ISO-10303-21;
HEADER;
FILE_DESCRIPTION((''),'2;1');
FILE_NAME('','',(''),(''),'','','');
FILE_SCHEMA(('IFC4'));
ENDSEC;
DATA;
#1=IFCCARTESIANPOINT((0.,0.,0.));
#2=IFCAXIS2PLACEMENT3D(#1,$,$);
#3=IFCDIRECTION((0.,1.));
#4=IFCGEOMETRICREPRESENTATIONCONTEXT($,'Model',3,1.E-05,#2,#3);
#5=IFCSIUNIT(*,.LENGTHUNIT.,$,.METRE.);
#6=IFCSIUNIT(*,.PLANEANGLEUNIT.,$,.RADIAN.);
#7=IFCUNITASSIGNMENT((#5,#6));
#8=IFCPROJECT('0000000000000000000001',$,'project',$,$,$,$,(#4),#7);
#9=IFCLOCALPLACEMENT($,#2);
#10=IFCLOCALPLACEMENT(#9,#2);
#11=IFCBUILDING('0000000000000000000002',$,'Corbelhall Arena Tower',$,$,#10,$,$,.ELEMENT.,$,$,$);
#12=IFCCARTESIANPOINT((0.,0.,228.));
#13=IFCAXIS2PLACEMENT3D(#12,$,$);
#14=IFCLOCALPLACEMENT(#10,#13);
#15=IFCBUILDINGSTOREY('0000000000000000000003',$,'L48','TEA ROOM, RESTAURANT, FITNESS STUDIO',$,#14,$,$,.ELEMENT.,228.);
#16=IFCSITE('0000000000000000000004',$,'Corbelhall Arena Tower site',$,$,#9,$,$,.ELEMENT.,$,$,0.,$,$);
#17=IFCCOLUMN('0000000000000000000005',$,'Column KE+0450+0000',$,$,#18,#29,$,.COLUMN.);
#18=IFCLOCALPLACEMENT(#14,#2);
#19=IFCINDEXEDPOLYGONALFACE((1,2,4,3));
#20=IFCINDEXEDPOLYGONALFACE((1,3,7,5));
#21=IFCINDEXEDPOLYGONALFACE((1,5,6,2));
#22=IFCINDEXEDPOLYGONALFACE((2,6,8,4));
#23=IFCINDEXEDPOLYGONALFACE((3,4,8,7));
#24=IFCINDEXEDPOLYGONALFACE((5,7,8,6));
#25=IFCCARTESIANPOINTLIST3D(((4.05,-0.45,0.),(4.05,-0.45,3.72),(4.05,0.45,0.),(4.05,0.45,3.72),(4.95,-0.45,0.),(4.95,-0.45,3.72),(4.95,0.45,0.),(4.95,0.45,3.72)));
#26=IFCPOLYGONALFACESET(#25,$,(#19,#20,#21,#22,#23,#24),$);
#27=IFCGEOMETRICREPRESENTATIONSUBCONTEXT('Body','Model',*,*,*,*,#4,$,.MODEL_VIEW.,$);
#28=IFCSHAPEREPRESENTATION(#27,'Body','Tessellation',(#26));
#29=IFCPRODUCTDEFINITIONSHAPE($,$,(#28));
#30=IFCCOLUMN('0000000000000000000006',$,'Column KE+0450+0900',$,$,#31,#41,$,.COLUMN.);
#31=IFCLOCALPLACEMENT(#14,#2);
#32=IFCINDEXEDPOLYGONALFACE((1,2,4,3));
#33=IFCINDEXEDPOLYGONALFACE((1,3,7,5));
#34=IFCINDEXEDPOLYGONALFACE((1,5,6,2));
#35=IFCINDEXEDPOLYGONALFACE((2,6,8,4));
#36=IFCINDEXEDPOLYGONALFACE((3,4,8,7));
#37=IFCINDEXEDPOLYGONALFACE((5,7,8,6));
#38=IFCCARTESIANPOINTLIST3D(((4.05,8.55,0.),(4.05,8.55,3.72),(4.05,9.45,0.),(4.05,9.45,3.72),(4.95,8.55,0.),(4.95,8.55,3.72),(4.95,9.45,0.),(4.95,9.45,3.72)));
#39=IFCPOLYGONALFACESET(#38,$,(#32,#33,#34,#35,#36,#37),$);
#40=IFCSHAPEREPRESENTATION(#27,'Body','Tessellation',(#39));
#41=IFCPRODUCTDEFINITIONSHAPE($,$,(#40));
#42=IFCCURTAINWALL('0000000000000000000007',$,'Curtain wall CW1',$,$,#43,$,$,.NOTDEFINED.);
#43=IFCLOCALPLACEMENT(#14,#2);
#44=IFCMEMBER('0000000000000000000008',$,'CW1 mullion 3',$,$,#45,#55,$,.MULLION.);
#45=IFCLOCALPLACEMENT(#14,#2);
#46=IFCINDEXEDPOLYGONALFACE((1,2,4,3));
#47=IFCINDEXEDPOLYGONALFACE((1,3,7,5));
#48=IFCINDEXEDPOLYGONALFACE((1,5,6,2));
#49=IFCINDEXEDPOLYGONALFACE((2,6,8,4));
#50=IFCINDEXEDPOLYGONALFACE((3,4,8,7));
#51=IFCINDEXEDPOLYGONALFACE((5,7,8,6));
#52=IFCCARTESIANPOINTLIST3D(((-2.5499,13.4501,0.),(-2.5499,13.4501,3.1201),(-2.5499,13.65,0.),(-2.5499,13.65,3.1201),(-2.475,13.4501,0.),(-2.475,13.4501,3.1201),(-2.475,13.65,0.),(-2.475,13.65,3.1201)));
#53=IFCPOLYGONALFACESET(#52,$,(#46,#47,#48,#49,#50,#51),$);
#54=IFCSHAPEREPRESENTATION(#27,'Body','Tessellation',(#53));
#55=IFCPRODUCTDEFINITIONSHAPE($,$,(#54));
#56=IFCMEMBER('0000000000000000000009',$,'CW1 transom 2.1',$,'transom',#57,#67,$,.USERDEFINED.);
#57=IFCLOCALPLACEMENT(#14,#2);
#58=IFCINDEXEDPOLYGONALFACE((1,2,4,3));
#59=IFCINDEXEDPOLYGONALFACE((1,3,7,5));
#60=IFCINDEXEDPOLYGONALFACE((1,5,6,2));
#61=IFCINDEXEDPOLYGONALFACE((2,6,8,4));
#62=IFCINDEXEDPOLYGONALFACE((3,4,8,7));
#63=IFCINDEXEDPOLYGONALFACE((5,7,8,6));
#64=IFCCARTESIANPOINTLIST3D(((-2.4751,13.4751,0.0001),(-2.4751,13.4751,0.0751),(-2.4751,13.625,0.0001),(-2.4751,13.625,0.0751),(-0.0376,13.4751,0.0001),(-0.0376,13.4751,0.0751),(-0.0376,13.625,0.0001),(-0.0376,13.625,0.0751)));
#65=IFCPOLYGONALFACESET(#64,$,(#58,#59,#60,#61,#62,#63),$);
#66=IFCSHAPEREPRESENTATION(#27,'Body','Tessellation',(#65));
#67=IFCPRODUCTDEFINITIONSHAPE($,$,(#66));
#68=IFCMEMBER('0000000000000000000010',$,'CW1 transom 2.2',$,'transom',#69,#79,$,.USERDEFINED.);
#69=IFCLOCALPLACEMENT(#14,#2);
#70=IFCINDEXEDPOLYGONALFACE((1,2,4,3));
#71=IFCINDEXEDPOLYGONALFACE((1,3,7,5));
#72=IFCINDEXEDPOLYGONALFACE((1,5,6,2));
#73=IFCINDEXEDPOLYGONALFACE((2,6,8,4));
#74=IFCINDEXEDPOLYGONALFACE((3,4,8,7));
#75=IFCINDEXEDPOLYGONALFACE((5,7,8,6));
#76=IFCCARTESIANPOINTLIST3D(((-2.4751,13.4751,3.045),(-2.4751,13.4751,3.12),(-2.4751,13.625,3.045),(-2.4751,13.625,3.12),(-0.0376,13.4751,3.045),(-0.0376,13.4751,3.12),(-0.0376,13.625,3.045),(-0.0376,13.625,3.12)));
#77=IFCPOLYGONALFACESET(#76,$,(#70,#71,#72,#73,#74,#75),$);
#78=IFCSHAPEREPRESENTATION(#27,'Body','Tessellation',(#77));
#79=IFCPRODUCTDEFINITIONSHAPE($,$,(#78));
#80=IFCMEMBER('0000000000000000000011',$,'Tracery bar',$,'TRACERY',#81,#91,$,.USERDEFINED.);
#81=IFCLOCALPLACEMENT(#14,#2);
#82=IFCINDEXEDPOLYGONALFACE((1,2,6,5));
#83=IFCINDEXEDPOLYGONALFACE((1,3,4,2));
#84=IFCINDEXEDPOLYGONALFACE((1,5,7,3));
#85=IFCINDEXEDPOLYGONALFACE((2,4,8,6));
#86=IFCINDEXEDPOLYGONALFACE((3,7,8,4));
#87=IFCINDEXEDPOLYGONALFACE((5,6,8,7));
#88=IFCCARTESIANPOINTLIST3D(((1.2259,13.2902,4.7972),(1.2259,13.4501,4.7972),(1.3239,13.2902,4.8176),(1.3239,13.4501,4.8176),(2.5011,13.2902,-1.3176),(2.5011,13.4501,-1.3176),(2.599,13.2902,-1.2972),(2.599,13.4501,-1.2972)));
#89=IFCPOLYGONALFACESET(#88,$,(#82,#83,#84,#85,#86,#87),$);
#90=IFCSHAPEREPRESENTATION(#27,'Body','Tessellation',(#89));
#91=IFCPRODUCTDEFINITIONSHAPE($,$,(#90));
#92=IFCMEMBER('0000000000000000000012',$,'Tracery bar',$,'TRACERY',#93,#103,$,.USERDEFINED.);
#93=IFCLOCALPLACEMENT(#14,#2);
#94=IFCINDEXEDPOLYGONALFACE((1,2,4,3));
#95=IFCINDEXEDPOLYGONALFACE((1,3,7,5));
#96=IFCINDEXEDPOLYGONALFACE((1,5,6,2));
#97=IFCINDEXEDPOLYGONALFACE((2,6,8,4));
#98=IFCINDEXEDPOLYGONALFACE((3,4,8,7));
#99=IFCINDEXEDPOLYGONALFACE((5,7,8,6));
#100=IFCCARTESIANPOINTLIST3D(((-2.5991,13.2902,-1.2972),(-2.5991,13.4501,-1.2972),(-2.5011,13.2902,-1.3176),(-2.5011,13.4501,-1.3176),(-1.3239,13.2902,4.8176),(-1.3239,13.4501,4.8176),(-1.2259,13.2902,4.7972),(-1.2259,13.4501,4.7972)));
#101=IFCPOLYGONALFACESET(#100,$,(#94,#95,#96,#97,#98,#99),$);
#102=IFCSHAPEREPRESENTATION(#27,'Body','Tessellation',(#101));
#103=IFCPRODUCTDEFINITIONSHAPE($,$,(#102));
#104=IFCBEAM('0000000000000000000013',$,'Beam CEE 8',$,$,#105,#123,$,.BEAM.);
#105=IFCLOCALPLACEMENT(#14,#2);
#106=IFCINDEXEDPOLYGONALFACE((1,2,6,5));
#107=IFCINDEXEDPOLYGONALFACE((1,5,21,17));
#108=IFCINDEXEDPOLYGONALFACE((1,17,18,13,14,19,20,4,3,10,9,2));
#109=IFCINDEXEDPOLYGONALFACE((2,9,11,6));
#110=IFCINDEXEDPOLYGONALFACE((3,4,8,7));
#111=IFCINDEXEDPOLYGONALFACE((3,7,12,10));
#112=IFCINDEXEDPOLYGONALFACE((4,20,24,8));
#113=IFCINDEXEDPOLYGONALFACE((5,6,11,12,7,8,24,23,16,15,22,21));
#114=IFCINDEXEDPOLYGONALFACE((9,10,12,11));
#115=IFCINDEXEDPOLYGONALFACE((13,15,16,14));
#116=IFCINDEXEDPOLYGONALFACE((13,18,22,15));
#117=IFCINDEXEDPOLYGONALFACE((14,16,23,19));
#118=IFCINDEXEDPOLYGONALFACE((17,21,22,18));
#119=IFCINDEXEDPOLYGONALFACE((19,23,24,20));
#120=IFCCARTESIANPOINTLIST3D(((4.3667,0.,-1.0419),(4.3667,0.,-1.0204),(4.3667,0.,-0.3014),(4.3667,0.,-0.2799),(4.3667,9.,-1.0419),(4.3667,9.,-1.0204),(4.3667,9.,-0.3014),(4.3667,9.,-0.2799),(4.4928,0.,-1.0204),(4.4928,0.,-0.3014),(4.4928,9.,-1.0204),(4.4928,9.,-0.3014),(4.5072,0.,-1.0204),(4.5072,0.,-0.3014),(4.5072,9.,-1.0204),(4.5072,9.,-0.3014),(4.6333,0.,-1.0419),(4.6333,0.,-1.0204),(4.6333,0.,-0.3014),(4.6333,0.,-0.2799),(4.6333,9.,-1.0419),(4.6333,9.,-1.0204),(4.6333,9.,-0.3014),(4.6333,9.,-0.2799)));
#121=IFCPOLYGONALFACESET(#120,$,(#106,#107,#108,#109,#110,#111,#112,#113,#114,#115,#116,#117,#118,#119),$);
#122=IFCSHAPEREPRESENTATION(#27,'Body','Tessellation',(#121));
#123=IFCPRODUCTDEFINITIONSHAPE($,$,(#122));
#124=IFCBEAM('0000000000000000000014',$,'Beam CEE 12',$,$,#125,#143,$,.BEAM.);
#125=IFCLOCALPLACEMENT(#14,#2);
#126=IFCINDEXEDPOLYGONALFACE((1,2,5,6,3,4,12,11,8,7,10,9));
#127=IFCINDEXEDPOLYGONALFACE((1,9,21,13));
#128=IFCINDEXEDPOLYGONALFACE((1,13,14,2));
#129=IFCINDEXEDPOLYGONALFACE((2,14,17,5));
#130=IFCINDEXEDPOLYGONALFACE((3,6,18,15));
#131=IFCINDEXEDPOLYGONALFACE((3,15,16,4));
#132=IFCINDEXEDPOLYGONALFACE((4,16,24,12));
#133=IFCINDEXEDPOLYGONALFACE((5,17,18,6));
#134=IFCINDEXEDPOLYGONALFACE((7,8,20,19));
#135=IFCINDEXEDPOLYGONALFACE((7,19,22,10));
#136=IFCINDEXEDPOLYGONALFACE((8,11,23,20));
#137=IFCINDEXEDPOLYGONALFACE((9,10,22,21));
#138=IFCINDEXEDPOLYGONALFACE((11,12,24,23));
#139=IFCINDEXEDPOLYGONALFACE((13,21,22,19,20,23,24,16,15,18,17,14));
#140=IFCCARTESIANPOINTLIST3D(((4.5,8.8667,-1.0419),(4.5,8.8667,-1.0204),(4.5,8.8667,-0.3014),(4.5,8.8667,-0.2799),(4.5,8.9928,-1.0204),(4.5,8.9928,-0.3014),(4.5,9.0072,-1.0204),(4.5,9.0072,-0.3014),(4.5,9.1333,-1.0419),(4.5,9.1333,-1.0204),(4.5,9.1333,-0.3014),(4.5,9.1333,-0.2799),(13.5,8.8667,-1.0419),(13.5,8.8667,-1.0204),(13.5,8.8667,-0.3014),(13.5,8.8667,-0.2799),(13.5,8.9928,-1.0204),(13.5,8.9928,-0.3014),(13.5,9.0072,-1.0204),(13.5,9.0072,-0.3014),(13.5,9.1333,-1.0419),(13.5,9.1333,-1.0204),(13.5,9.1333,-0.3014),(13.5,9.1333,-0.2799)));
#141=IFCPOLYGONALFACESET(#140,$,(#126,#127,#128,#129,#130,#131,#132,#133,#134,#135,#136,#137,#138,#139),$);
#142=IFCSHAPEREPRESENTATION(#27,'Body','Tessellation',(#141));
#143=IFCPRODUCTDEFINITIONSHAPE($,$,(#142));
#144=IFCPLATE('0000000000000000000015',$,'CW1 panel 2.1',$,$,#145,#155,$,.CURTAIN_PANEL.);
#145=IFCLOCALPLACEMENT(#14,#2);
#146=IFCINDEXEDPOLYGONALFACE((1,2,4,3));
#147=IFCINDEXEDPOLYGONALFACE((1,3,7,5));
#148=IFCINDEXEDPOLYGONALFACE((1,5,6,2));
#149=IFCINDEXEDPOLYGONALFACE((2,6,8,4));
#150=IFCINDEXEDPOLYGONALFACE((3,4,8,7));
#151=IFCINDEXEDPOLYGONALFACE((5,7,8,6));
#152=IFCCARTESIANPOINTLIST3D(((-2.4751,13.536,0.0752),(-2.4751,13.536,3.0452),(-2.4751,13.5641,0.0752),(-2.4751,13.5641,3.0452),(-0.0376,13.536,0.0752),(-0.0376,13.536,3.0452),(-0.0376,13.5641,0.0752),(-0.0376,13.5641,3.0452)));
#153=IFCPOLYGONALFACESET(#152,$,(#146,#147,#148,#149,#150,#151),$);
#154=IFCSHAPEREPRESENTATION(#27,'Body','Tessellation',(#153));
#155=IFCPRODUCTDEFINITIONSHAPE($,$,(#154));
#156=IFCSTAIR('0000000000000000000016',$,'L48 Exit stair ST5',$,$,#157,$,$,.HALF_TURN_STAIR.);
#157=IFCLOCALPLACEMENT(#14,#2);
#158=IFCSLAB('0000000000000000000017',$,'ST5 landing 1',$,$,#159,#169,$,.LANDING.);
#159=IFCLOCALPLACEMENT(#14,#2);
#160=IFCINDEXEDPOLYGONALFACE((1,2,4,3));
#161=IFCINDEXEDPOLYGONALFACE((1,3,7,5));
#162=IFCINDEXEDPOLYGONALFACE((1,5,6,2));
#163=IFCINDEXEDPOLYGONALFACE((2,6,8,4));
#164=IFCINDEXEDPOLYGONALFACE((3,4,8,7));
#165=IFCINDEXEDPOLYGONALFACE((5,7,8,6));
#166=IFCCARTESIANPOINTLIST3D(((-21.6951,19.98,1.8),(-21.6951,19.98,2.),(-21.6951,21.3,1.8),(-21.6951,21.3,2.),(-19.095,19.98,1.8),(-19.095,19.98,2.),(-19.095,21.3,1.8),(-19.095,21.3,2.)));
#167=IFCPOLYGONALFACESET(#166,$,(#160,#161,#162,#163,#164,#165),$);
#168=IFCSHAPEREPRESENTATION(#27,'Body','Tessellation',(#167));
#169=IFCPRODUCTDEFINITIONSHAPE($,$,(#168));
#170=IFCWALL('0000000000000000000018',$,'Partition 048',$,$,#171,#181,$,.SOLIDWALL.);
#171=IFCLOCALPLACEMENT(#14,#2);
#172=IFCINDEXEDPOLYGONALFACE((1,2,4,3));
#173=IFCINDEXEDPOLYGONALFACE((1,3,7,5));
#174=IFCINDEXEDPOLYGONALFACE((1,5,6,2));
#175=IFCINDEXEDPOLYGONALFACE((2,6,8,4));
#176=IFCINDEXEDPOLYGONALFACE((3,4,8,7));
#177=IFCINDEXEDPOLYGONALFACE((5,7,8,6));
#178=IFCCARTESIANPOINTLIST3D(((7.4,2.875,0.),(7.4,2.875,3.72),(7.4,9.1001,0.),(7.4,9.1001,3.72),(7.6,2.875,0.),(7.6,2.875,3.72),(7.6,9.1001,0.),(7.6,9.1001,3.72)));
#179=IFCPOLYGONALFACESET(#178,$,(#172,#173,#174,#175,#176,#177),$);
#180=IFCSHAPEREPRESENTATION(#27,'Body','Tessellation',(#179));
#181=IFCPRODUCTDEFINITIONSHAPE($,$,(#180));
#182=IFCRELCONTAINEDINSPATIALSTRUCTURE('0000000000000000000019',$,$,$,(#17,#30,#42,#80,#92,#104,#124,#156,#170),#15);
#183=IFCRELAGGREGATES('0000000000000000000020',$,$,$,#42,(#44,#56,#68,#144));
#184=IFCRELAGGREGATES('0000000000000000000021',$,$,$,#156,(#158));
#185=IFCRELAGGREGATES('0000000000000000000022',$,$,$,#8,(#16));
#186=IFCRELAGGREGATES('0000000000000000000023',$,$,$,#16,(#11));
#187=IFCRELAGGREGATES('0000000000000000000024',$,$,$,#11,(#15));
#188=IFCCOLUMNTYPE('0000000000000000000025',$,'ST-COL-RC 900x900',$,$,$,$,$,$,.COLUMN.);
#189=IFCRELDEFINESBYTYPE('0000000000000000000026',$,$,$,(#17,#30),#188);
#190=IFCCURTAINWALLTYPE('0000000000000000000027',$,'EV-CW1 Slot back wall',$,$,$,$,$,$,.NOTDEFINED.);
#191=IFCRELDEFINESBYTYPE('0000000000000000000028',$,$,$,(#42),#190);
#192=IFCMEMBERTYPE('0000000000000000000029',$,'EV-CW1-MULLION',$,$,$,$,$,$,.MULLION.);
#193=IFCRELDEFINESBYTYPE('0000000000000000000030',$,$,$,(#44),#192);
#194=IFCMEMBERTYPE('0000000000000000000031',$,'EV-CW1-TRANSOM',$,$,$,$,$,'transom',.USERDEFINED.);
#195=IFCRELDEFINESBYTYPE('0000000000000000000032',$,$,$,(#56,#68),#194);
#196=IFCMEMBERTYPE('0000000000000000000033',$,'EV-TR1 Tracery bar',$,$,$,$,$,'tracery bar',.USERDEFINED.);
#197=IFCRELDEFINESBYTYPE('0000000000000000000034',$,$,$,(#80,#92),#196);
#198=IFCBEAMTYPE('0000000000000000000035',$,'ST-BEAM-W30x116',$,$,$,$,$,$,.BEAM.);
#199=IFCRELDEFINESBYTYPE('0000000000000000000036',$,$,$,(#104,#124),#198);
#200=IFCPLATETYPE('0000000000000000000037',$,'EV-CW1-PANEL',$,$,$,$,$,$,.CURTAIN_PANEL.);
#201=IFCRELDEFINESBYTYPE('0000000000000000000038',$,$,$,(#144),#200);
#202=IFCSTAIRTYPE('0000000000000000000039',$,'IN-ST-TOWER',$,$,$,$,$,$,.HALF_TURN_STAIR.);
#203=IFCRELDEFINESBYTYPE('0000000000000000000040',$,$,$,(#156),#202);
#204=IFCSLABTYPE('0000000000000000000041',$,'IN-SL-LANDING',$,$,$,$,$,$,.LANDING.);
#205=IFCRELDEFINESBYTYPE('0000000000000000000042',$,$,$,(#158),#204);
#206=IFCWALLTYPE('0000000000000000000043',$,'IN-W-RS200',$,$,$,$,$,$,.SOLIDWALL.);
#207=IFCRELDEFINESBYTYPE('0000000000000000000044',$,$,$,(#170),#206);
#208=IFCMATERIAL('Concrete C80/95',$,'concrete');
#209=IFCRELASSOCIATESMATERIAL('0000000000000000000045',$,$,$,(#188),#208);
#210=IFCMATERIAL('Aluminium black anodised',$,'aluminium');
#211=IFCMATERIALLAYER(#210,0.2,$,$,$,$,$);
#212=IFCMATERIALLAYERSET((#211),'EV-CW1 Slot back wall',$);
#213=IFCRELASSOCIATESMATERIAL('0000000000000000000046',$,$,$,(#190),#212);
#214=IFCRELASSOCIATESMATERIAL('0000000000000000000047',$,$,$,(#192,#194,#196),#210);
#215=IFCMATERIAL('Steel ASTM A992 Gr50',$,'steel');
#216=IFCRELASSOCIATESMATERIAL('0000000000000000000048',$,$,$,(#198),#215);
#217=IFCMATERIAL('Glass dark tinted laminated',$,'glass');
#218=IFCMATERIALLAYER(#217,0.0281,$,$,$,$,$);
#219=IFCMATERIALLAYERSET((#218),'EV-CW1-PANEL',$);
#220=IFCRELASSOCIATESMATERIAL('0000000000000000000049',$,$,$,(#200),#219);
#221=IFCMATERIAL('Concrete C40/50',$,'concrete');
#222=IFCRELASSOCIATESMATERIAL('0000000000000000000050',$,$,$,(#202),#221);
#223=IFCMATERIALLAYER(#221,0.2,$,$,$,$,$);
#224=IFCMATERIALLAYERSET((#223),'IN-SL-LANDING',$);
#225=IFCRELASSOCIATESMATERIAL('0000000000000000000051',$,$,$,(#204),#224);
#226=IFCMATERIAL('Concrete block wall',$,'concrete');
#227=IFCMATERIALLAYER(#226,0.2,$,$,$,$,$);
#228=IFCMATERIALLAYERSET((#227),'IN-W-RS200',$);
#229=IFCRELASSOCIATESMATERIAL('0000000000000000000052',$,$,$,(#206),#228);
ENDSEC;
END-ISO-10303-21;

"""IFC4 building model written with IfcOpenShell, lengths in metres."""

from ifc_helpers import new_model, si_unit, direction, frame, frame_2d, origin, origin_2d, place, context, subcontext, project, spatial, polyline, rectangle, i_section, outline, extrude, material, layer, layer_set, material_profile, profile_set, type_object, element, aggregate, save


model = new_model("IFC4")

# Units and contexts
model_context = context("Model", 3, precision=1e-05, world=origin(), true_north=direction((0.0, 1.0)))
body_context = subcontext(model_context, "Body", "Model", "MODEL_VIEW")
ifc_project = project(units=[si_unit("LENGTHUNIT", "METRE"), si_unit("PLANEANGLEUNIT", "RADIAN")], contexts=[model_context])

# Site, building, storey
site_placement = place(None, origin())
site = spatial("IfcSite", under=ifc_project, at=site_placement, Name="Corbelhall Arena Tower site", CompositionType="ELEMENT", RefElevation=0.0)
building_placement = place(site_placement, origin())
building = spatial("IfcBuilding", under=site, at=building_placement, Name="Corbelhall Arena Tower", CompositionType="ELEMENT")
storey_placement = place(building_placement, frame((0.0, 0.0, 228.0)))
storey = spatial("IfcBuildingStorey", under=building, at=storey_placement, Name="L48", Description="TEA ROOM, RESTAURANT, FITNESS STUDIO", CompositionType="ELEMENT", Elevation=228.0)

# Columns
ifc_material_1 = material(Name="Concrete C80/95", Category="concrete")
ifc_material_profile_1 = material_profile(ifc_material_1, rectangle(XDim=0.8999, YDim=0.8999, at=origin_2d()))
ifc_profile_set_1 = profile_set([ifc_material_profile_1], Name="Concrete C80/95")
column_type = type_object("IfcColumnType", Name="ST-COL-RC 900x900", PredefinedType="COLUMN", material=ifc_profile_set_1)
for number, where, z_axis, x_axis, name in (
    (1, (4.5, 0.0, 0.0), (0.0, 0.0, 1.0), (1.0, 0.0, 0.0), "Column KE+0450+0000"),
    (2, (4.5, 9.0, 0.0), (0.0, 0.0, 1.0), (1.0, 0.0, 0.0), "Column KE+0450+0900"),
):
    element("IfcColumn", number, at=place(storey_placement, frame(where, z_axis=z_axis, x_axis=x_axis)), inside=storey, type_object=column_type, Name=name, PredefinedType="COLUMN", context=body_context, shape_type="SweptSolid", body=[
        extrude(rectangle(XDim=0.8999, YDim=0.8999, at=origin_2d()), origin(), (0.0, 0.0, 1.0), 3.72),
    ])

# Curtain wall, members
ifc_material_2 = material(Name="Aluminium black anodised", Category="aluminium")
ifc_layer_1 = layer(ifc_material_2, 0.2)
ifc_layer_set_1 = layer_set([ifc_layer_1], Name="EV-CW1 Slot back wall")
curtain_wall_type = type_object("IfcCurtainWallType", Name="EV-CW1 Slot back wall", PredefinedType="NOTDEFINED", material=ifc_layer_set_1)
curtain_wall_placement = place(storey_placement, origin())
curtain_wall = element("IfcCurtainWall", 3, at=curtain_wall_placement, inside=storey, type_object=curtain_wall_type, Name="Curtain wall CW1", PredefinedType="NOTDEFINED")
ifc_material_profile_2 = material_profile(ifc_material_2, rectangle(XDim=0.2, YDim=0.075, at=origin_2d()))
ifc_profile_set_2 = profile_set([ifc_material_profile_2], Name="Aluminium black anodised")
member_type_1 = type_object("IfcMemberType", Name="EV-CW1-MULLION", PredefinedType="MULLION", material=ifc_profile_set_2)
member_1_placement = place(storey_placement, frame((-2.5125, 13.55, 0.0), z_axis=(0.0, 0.0, 1.0), x_axis=(0.0, -1.0, 0.0)))
member_1 = element("IfcMember", 4, at=member_1_placement, type_object=member_type_1, Name="CW1 mullion 3", PredefinedType="MULLION", context=body_context, shape_type="SweptSolid", body=[
    extrude(rectangle(XDim=0.2, YDim=0.075, at=origin_2d()), origin(), (0.0, 0.0, 1.0), 3.1201),
])
ifc_material_profile_3 = material_profile(ifc_material_2, rectangle(XDim=0.1499, YDim=0.075, at=origin_2d()))
ifc_profile_set_3 = profile_set([ifc_material_profile_3], Name="Aluminium black anodised")
member_type_2 = type_object("IfcMemberType", Name="EV-CW1-TRANSOM", ElementType="transom", PredefinedType="USERDEFINED", material=ifc_profile_set_3)
member_2_placement = place(storey_placement, frame((-0.0376, 13.55, 0.0376), z_axis=(-1.0, 0.0, 0.0), x_axis=(0.0, -1.0, 0.0)))
member_2 = element("IfcMember", 5, at=member_2_placement, type_object=member_type_2, Name="CW1 transom 2.1", ObjectType="transom", PredefinedType="USERDEFINED", context=body_context, shape_type="SweptSolid", body=[
    extrude(rectangle(XDim=0.1499, YDim=0.075, at=origin_2d()), origin(), (0.0, 0.0, 1.0), 2.4375),
])
member_3_placement = place(storey_placement, frame((-0.0376, 13.55, 3.0825), z_axis=(-1.0, 0.0, 0.0), x_axis=(0.0, -1.0, 0.0)))
member_3 = element("IfcMember", 6, at=member_3_placement, type_object=member_type_2, Name="CW1 transom 2.2", ObjectType="transom", PredefinedType="USERDEFINED", context=body_context, shape_type="SweptSolid", body=[
    extrude(rectangle(XDim=0.1499, YDim=0.075, at=origin_2d()), origin(), (0.0, 0.0, 1.0), 2.4375),
])

# Members
ifc_material_profile_4 = material_profile(ifc_material_2, rectangle(XDim=0.1599, YDim=0.1001, at=origin_2d()))
ifc_profile_set_4 = profile_set([ifc_material_profile_4], Name="Aluminium black anodised")
member_type_3 = type_object("IfcMemberType", Name="EV-TR1 Tracery bar", ElementType="tracery bar", PredefinedType="USERDEFINED", material=ifc_profile_set_4)
for number, where, z_axis, x_axis, name in (
    (7, (2.55, 13.3701, -1.3074), (-0.204145, 0.0, 0.978941), (0.0, -1.0, 0.0), "Tracery bar"),
    (8, (-1.2749, 13.3701, 4.8074), (-0.204145, 0.0, -0.978941), (0.0, -1.0, 0.0), "Tracery bar"),
):
    element("IfcMember", number, at=place(storey_placement, frame(where, z_axis=z_axis, x_axis=x_axis)), inside=storey, type_object=member_type_3, Name=name, ObjectType="TRACERY", PredefinedType="USERDEFINED", context=body_context, shape_type="SweptSolid", body=[
        extrude(rectangle(XDim=0.1599, YDim=0.1001, at=origin_2d()), origin(), (0.0, 0.0, 1.0), 6.2463),
    ])

# Beams
ifc_material_3 = material(Name="Steel ASTM A992 Gr50", Category="steel")
ifc_material_profile_5 = material_profile(ifc_material_3, i_section(OverallWidth=0.2666, OverallDepth=0.762, WebThickness=0.0144, FlangeThickness=0.0215, at=origin_2d()))
ifc_profile_set_5 = profile_set([ifc_material_profile_5], Name="Steel ASTM A992 Gr50")
beam_type = type_object("IfcBeamType", Name="ST-BEAM-W30x116", PredefinedType="BEAM", material=ifc_profile_set_5)
for number, where, z_axis, x_axis, name in (
    (9, (4.5, 0.0, -0.6609), (0.0, 1.0, 0.0), (-1.0, 0.0, 0.0), "Beam CEE 8"),
    (10, (4.5, 9.0, -0.6609), (1.0, 0.0, 0.0), (0.0, 1.0, 0.0), "Beam CEE 12"),
):
    element("IfcBeam", number, at=place(storey_placement, frame(where, z_axis=z_axis, x_axis=x_axis)), inside=storey, type_object=beam_type, Name=name, PredefinedType="BEAM", context=body_context, shape_type="SweptSolid", body=[
        extrude(i_section(OverallWidth=0.2666, OverallDepth=0.762, WebThickness=0.0144, FlangeThickness=0.0215, at=origin_2d()), origin(), (0.0, 0.0, 1.0), 9.0),
    ])

# Plate
ifc_material_4 = material(Name="Glass dark tinted laminated", Category="glass")
ifc_layer_2 = layer(ifc_material_4, 0.0281)
ifc_layer_set_2 = layer_set([ifc_layer_2], Name="EV-CW1-PANEL")
plate_type = type_object("IfcPlateType", Name="EV-CW1-PANEL", PredefinedType="CURTAIN_PANEL", material=ifc_layer_set_2)
plate_placement = place(storey_placement, frame((-1.2563, 13.55, 0.0752), z_axis=(0.0, 0.0, 1.0), x_axis=(-1.0, 0.0, 0.0)))
plate = element("IfcPlate", 11, at=plate_placement, type_object=plate_type, Name="CW1 panel 2.1", PredefinedType="CURTAIN_PANEL", context=body_context, shape_type="SweptSolid", body=[
    extrude(rectangle(XDim=2.4375, YDim=0.0281, at=origin_2d()), origin(), (0.0, 0.0, 1.0), 2.97),
])
aggregate(curtain_wall, [member_1, member_2, member_3, plate])

# Stair, slab
ifc_material_5 = material(Name="Concrete C40/50", Category="concrete")
stair_type = type_object("IfcStairType", Name="IN-ST-TOWER", PredefinedType="HALF_TURN_STAIR", material=ifc_material_5)
stair_1_placement = place(storey_placement, origin())
stair_1 = element("IfcStair", 12, at=stair_1_placement, inside=storey, type_object=stair_type, Name="L48 Exit stair ST5", PredefinedType="HALF_TURN_STAIR")
ifc_layer_3 = layer(ifc_material_5, 0.2)
ifc_layer_set_3 = layer_set([ifc_layer_3], Name="IN-SL-LANDING")
slab_type = type_object("IfcSlabType", Name="IN-SL-LANDING", PredefinedType="LANDING", material=ifc_layer_set_3)
slab_placement = place(storey_placement, frame((0.0, 0.0, 1.8)))
slab = element("IfcSlab", 13, at=slab_placement, type_object=slab_type, Name="ST5 landing 1", PredefinedType="LANDING", context=body_context, shape_type="SweptSolid", body=[
    extrude(outline(polyline([(-19.095, 19.98), (-19.095, 21.3), (-21.6951, 21.3), (-21.6951, 19.98), (-19.095, 19.98)])), origin(), (0.0, 0.0, 1.0), 0.2),
])
aggregate(stair_1, [slab])

# Wall
ifc_material_6 = material(Name="Concrete block wall", Category="concrete")
ifc_layer_4 = layer(ifc_material_6, 0.2)
ifc_layer_set_4 = layer_set([ifc_layer_4], Name="IN-W-RS200")
wall_type_1 = type_object("IfcWallType", Name="IN-W-RS200", PredefinedType="SOLIDWALL", material=ifc_layer_set_4)
wall_1_placement = place(storey_placement, frame((7.5, 9.1001, 0.0), z_axis=(0.0, 0.0, 1.0), x_axis=(0.0, -1.0, 0.0)))
element("IfcWall", 14, at=wall_1_placement, inside=storey, type_object=wall_type_1, Name="Partition 048", PredefinedType="SOLIDWALL", context=body_context, shape_type="SweptSolid", body=[
    extrude(rectangle(XDim=6.2251, YDim=0.2, at=frame_2d((3.1125, 0.0))), origin(), (0.0, 0.0, 1.0), 3.72),
])

save(model, "model.ifc")
